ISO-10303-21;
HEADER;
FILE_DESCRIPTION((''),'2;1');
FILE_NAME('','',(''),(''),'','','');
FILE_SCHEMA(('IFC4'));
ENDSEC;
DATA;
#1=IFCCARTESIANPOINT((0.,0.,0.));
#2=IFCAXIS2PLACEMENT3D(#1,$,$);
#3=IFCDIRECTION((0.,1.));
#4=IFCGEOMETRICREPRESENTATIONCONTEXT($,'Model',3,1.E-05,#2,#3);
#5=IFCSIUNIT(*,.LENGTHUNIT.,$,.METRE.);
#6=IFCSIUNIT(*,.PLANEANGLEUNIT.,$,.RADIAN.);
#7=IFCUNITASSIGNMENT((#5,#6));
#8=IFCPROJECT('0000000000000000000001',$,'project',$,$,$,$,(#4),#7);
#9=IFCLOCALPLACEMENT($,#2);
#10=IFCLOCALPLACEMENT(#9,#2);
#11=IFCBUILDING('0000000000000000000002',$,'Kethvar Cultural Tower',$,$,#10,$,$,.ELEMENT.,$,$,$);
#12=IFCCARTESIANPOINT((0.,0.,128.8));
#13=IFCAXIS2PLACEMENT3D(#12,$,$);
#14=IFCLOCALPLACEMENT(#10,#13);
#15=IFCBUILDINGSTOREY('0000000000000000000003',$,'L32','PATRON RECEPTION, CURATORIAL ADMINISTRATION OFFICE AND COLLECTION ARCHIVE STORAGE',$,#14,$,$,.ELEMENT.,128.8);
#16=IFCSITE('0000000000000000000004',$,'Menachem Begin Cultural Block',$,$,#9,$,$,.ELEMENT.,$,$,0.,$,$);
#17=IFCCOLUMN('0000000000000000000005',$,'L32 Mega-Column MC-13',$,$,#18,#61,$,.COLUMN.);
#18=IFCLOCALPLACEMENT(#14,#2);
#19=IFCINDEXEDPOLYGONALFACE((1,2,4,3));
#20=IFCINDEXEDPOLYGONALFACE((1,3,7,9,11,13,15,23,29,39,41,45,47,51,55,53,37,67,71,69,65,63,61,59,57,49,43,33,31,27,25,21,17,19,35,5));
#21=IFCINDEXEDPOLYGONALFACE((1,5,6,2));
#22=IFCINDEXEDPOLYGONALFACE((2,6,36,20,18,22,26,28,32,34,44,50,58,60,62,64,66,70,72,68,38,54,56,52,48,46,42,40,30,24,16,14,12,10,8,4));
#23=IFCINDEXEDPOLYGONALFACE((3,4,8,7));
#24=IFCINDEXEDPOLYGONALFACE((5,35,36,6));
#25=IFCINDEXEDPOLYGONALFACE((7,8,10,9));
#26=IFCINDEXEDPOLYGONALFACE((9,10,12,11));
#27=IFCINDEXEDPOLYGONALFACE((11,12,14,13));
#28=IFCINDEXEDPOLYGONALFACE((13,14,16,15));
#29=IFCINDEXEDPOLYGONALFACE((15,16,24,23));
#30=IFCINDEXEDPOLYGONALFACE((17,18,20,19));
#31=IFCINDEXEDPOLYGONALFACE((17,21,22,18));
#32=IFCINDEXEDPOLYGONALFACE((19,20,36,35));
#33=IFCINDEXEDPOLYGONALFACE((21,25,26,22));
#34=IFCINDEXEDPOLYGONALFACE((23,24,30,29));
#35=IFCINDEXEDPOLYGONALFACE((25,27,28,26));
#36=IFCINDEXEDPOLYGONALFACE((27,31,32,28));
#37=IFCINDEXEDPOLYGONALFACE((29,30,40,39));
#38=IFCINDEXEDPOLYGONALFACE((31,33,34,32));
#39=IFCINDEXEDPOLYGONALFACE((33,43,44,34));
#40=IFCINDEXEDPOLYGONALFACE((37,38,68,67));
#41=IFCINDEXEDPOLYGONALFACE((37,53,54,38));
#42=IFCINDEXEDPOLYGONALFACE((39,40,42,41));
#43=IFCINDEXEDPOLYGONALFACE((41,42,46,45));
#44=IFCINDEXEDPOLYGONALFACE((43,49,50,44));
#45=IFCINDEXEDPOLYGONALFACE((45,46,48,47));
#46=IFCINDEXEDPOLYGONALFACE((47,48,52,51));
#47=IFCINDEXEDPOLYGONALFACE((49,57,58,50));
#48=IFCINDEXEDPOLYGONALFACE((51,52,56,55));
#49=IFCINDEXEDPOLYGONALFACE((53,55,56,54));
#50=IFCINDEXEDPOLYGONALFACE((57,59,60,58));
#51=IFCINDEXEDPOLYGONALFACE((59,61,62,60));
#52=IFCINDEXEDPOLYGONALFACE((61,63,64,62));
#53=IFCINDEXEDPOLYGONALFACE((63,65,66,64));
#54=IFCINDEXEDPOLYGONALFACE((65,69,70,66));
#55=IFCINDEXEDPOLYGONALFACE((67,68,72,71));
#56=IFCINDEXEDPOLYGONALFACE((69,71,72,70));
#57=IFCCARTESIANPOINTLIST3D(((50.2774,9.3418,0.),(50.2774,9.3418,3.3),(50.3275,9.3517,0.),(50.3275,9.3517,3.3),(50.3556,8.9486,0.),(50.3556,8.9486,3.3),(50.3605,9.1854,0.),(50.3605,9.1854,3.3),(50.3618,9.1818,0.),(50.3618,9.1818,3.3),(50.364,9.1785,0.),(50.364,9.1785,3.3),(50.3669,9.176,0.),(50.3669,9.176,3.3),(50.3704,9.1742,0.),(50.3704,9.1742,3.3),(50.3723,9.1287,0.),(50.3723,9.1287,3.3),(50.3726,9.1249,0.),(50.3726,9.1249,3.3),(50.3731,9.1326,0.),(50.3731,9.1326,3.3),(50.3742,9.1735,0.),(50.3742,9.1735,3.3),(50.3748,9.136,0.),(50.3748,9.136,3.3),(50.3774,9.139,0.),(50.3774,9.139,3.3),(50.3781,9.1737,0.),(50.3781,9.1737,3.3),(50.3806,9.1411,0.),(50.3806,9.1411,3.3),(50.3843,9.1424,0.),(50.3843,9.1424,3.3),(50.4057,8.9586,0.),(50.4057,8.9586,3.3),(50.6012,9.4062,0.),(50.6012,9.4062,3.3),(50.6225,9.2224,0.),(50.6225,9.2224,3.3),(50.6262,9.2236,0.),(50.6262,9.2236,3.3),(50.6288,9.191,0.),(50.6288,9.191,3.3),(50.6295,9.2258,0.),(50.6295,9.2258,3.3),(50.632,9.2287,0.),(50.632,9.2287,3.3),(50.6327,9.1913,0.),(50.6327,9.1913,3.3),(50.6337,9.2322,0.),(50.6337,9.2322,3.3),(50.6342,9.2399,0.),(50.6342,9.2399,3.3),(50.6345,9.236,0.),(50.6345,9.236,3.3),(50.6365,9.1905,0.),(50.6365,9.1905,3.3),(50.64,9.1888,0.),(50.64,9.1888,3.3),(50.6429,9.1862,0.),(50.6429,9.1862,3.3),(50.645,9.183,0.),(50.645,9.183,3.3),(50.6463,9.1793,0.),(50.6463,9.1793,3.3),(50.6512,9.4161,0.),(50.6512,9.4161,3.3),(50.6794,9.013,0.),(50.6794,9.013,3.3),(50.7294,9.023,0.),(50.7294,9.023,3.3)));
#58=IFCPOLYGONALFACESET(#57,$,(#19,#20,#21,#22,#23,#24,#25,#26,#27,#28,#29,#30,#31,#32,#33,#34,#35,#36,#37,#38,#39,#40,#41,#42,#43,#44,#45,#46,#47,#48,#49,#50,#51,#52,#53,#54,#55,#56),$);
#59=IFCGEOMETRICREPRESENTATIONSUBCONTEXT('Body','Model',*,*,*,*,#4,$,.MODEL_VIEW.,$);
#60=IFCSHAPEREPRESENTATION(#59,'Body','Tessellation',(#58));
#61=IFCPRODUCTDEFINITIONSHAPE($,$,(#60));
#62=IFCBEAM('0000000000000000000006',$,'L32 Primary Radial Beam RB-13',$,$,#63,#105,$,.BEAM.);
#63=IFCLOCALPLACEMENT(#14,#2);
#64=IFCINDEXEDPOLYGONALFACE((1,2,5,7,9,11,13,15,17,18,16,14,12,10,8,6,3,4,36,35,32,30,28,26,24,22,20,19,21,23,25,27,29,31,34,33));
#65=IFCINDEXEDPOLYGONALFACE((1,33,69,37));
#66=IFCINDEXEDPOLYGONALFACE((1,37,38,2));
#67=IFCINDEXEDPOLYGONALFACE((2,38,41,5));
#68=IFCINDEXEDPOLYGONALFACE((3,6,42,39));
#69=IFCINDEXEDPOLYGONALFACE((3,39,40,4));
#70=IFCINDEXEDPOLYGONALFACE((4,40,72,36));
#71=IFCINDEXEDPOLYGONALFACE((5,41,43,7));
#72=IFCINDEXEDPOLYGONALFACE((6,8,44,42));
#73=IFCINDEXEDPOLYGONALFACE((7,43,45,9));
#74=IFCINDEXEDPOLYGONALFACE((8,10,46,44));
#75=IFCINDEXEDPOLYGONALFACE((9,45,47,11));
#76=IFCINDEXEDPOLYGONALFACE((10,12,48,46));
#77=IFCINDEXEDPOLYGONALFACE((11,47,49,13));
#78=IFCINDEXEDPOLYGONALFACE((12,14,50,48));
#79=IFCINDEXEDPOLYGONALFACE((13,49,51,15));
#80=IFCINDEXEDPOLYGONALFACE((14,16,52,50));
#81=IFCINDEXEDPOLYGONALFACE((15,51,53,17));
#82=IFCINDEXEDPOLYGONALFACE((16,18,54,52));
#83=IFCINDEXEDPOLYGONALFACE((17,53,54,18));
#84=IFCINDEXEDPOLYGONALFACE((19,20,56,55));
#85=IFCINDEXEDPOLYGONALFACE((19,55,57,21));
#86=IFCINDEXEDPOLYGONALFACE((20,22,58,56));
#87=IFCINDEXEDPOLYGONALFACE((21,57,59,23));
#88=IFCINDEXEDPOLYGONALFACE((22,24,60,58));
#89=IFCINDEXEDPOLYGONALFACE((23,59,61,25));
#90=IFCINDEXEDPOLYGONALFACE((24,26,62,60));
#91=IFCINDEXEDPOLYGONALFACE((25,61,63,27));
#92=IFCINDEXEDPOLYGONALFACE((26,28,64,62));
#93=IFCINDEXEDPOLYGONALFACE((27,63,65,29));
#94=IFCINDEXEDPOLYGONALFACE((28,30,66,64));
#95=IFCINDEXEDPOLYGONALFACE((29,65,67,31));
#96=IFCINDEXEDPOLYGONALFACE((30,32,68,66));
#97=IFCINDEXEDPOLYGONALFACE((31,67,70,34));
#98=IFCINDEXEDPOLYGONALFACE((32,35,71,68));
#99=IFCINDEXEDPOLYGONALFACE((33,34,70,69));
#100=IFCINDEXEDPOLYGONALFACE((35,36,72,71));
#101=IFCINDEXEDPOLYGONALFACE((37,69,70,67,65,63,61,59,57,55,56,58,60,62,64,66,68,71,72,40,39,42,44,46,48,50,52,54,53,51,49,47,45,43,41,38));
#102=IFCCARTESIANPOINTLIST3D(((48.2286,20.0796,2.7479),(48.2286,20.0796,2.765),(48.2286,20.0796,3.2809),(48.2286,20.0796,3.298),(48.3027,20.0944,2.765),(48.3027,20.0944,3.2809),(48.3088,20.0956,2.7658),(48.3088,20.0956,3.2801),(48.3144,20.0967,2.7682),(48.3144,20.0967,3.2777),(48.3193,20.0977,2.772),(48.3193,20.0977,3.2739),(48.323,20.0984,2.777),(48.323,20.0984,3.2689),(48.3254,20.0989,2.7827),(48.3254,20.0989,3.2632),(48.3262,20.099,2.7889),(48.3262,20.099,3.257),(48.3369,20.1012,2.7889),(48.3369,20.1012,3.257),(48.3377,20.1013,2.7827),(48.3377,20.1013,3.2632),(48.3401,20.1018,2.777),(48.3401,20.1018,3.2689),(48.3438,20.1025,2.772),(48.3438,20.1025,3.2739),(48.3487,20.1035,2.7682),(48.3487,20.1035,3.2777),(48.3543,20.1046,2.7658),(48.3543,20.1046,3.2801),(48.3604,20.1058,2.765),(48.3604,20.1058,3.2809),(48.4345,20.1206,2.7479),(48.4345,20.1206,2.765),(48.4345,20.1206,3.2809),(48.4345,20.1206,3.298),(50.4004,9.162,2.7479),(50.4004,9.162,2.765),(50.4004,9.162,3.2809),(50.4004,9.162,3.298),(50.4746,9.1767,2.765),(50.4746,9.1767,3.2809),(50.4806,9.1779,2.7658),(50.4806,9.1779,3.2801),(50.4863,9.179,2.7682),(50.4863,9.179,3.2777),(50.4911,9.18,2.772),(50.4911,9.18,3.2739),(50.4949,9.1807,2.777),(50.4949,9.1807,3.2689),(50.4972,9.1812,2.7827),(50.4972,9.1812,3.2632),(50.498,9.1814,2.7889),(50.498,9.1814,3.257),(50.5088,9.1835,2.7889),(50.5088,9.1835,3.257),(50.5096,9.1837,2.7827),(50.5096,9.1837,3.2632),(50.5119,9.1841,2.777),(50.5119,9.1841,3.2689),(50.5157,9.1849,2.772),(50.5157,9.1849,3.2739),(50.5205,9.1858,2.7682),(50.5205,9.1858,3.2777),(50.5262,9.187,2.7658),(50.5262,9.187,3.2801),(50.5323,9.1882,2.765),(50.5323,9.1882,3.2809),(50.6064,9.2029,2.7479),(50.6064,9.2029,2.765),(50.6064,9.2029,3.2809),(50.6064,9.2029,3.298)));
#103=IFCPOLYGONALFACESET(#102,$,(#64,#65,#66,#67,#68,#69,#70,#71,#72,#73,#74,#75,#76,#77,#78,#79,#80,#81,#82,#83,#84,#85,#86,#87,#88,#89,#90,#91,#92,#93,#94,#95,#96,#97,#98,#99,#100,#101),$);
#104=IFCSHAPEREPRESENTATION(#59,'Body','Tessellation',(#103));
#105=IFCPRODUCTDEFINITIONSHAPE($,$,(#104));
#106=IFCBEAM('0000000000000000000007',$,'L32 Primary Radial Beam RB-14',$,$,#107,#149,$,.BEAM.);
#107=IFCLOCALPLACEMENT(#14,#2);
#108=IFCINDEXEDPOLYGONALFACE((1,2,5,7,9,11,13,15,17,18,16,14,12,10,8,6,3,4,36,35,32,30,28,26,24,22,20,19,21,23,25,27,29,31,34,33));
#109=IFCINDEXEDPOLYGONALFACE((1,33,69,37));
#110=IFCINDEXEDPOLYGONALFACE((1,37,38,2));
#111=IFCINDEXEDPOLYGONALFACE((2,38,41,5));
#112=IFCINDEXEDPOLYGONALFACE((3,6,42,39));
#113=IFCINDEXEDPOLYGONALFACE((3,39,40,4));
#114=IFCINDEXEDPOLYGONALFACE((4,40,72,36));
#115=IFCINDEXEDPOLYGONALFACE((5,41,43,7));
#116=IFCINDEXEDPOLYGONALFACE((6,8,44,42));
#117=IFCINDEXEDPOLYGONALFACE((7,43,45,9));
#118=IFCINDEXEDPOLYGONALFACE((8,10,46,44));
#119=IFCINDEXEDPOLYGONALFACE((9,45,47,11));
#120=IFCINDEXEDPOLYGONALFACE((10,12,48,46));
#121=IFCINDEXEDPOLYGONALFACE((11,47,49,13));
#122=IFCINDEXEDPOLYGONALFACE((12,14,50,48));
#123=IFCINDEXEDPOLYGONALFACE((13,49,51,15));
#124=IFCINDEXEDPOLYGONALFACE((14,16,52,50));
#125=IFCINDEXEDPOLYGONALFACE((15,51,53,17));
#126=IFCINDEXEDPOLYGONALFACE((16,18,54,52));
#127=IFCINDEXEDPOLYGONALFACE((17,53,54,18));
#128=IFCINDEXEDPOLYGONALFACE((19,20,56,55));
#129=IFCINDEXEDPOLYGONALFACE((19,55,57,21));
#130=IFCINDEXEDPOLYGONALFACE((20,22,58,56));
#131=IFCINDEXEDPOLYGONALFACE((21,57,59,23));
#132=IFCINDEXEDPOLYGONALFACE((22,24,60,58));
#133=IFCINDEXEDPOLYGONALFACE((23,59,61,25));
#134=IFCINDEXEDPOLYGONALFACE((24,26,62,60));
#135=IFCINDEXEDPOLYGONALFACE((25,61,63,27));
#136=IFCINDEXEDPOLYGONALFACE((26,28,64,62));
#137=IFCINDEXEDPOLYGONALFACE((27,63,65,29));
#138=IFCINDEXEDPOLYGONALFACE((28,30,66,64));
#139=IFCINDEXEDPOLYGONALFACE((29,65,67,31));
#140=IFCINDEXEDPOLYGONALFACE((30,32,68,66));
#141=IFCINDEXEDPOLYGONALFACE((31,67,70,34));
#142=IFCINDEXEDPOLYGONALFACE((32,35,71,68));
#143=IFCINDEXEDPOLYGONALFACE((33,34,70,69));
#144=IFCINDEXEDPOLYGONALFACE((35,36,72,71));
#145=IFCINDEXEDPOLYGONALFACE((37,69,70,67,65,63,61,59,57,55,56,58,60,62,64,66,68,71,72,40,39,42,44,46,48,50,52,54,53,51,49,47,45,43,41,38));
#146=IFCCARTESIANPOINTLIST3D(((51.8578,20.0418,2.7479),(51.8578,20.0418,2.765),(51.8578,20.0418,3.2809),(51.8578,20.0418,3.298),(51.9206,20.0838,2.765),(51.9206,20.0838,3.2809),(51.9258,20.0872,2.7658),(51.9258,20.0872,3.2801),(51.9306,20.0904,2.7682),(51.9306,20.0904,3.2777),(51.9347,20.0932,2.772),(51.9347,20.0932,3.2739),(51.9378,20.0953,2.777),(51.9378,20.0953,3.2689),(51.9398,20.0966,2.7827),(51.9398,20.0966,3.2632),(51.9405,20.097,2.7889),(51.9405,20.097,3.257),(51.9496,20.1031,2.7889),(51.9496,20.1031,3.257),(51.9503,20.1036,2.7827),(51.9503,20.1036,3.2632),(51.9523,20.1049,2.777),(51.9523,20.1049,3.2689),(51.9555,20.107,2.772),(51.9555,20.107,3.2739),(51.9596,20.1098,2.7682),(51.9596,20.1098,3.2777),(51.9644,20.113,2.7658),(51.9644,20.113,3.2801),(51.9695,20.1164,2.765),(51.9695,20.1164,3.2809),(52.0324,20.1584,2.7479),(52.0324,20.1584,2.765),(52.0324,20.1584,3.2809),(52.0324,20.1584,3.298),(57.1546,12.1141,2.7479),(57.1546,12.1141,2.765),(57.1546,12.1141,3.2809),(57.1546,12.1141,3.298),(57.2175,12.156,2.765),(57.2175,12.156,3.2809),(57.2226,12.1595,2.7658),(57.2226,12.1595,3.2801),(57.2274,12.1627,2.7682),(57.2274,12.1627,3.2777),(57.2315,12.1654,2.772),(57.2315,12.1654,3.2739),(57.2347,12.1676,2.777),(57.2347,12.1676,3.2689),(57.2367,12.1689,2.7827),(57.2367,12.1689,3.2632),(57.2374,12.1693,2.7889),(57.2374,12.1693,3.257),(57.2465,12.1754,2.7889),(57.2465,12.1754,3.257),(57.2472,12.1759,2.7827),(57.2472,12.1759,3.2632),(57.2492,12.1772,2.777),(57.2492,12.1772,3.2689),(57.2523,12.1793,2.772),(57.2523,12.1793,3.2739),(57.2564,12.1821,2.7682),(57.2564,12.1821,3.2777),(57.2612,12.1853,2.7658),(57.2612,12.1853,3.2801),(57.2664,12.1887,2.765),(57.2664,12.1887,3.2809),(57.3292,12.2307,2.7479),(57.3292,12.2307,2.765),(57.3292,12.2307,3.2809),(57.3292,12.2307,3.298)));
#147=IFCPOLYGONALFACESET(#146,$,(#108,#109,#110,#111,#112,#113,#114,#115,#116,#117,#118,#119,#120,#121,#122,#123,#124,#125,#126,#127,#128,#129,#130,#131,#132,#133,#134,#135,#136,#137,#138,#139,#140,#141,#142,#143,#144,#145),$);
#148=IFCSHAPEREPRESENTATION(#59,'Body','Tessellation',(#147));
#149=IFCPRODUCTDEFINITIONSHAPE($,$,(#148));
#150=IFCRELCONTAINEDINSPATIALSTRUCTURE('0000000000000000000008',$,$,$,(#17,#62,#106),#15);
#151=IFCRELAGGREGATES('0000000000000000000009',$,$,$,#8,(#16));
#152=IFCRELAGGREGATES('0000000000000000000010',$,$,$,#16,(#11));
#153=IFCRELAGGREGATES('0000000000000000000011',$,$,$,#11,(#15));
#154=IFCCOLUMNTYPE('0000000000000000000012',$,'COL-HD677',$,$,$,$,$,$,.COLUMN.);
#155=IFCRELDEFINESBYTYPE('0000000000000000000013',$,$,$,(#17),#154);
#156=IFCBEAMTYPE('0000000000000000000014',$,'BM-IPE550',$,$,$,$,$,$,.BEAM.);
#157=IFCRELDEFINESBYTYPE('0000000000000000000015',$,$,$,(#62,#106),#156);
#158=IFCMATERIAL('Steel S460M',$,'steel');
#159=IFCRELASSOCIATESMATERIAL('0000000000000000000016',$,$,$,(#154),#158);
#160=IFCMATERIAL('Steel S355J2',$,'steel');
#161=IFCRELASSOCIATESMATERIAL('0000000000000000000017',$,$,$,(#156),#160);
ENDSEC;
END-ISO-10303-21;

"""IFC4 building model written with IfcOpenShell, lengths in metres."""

from ifc_helpers import new_model, si_unit, direction, frame, origin, origin_2d, place, context, subcontext, project, spatial, i_section, extrude, source, transform, mapped, material, material_profile, profile_set, type_object, element, save


model = new_model("IFC4")

# Units and contexts
model_context = context("Model", 3, precision=1e-05, world=origin(), true_north=direction((0.0, 1.0)))
body_context = subcontext(model_context, "Body", "Model", "MODEL_VIEW")
ifc_project = project(units=[si_unit("LENGTHUNIT", "METRE"), si_unit("PLANEANGLEUNIT", "RADIAN")], contexts=[model_context])

# Site, building, storey
site_placement = place(None, origin())
site = spatial("IfcSite", under=ifc_project, at=site_placement, Name="Menachem Begin Cultural Block", CompositionType="ELEMENT", RefElevation=0.0)
building_placement = place(site_placement, origin())
building = spatial("IfcBuilding", under=site, at=building_placement, Name="Kethvar Cultural Tower", CompositionType="ELEMENT")
storey_placement = place(building_placement, frame((0.0, 0.0, 128.8)))
storey = spatial("IfcBuildingStorey", under=building, at=storey_placement, Name="L32", Description="PATRON RECEPTION, CURATORIAL ADMINISTRATION OFFICE AND COLLECTION ARCHIVE STORAGE", CompositionType="ELEMENT", Elevation=128.8)

# Column
ifc_material_1 = material(Name="Steel S460M", Category="steel")
ifc_material_profile_1 = material_profile(ifc_material_1, i_section(OverallWidth=0.4009, OverallDepth=0.3811, WebThickness=0.032, FlangeThickness=0.051, FilletRadius=0.0149, at=origin_2d()), Name="Steel S460M — HD400x677")
ifc_profile_set_1 = profile_set([ifc_material_profile_1], Name="Steel S460M — HD400x677")
column_type = type_object("IfcColumnType", Name="COL-HD677", PredefinedType="COLUMN", material=ifc_profile_set_1)
shared_shape_1 = source(origin(), body_context, "Body", "SweptSolid", [
    extrude(i_section(OverallWidth=0.4009, OverallDepth=0.3811, WebThickness=0.032, FlangeThickness=0.051, FilletRadius=0.0149, at=origin_2d()), origin(), (0.0, 0.0, 1.0), 3.3),
])
column_placement = place(storey_placement, frame((50.5034, 9.1824, 0.0), z_axis=(0.0, 0.0, 1.0), x_axis=(0.19509, -0.980785, 0.0)))
element("IfcColumn", 1, at=column_placement, inside=storey, type_object=column_type, Name="L32 Mega-Column MC-13", PredefinedType="COLUMN", context=body_context, shape_type="MappedRepresentation", body=[
    mapped(shared_shape_1, transform((0.0, 0.0, 0.0), scale=1.0)),
])

# Beams
ifc_material_2 = material(Name="Steel S355J2", Category="steel")
ifc_material_profile_2 = material_profile(ifc_material_2, i_section(OverallWidth=0.21, OverallDepth=0.55, WebThickness=0.011, FlangeThickness=0.0171, FilletRadius=0.0239, at=origin_2d()), Name="Steel S355J2 — IPE550")
ifc_profile_set_2 = profile_set([ifc_material_profile_2], Name="Steel S355J2 — IPE550")
beam_type_1 = type_object("IfcBeamType", Name="BM-IPE550", PredefinedType="BEAM", material=ifc_profile_set_2)
shared_shape_2 = source(origin(), body_context, "Body", "SweptSolid", [
    extrude(i_section(OverallWidth=0.21, OverallDepth=0.55, WebThickness=0.011, FlangeThickness=0.0171, FilletRadius=0.0239, at=origin_2d()), origin(), (0.0, 0.0, 1.0), 11.1316),
])
beam_1_placement = place(storey_placement, frame((48.3315, 20.1001, 3.0229), z_axis=(0.195108, -0.980782, 0.0), x_axis=(0.980782, 0.195108, 0.0)))
element("IfcBeam", 2, at=beam_1_placement, inside=storey, type_object=beam_type_1, Name="L32 Primary Radial Beam RB-13", PredefinedType="BEAM", context=body_context, shape_type="MappedRepresentation", body=[
    mapped(shared_shape_2, transform((0.0, 0.0, 0.0), scale=1.0)),
])
shared_shape_3 = source(origin(), body_context, "Body", "SweptSolid", [
    extrude(i_section(OverallWidth=0.21, OverallDepth=0.55, WebThickness=0.011, FlangeThickness=0.0171, FilletRadius=0.0239, at=origin_2d()), origin(), (0.0, 0.0, 1.0), 9.5344),
])
beam_2_placement = place(storey_placement, frame((51.9451, 20.1001, 3.0229), z_axis=(0.555551, -0.831483, 0.0), x_axis=(0.831483, 0.555551, 0.0)))
element("IfcBeam", 3, at=beam_2_placement, inside=storey, type_object=beam_type_1, Name="L32 Primary Radial Beam RB-14", PredefinedType="BEAM", context=body_context, shape_type="MappedRepresentation", body=[
    mapped(shared_shape_3, transform((0.0, 0.0, 0.0), scale=1.0)),
])

save(model, "model.ifc")
